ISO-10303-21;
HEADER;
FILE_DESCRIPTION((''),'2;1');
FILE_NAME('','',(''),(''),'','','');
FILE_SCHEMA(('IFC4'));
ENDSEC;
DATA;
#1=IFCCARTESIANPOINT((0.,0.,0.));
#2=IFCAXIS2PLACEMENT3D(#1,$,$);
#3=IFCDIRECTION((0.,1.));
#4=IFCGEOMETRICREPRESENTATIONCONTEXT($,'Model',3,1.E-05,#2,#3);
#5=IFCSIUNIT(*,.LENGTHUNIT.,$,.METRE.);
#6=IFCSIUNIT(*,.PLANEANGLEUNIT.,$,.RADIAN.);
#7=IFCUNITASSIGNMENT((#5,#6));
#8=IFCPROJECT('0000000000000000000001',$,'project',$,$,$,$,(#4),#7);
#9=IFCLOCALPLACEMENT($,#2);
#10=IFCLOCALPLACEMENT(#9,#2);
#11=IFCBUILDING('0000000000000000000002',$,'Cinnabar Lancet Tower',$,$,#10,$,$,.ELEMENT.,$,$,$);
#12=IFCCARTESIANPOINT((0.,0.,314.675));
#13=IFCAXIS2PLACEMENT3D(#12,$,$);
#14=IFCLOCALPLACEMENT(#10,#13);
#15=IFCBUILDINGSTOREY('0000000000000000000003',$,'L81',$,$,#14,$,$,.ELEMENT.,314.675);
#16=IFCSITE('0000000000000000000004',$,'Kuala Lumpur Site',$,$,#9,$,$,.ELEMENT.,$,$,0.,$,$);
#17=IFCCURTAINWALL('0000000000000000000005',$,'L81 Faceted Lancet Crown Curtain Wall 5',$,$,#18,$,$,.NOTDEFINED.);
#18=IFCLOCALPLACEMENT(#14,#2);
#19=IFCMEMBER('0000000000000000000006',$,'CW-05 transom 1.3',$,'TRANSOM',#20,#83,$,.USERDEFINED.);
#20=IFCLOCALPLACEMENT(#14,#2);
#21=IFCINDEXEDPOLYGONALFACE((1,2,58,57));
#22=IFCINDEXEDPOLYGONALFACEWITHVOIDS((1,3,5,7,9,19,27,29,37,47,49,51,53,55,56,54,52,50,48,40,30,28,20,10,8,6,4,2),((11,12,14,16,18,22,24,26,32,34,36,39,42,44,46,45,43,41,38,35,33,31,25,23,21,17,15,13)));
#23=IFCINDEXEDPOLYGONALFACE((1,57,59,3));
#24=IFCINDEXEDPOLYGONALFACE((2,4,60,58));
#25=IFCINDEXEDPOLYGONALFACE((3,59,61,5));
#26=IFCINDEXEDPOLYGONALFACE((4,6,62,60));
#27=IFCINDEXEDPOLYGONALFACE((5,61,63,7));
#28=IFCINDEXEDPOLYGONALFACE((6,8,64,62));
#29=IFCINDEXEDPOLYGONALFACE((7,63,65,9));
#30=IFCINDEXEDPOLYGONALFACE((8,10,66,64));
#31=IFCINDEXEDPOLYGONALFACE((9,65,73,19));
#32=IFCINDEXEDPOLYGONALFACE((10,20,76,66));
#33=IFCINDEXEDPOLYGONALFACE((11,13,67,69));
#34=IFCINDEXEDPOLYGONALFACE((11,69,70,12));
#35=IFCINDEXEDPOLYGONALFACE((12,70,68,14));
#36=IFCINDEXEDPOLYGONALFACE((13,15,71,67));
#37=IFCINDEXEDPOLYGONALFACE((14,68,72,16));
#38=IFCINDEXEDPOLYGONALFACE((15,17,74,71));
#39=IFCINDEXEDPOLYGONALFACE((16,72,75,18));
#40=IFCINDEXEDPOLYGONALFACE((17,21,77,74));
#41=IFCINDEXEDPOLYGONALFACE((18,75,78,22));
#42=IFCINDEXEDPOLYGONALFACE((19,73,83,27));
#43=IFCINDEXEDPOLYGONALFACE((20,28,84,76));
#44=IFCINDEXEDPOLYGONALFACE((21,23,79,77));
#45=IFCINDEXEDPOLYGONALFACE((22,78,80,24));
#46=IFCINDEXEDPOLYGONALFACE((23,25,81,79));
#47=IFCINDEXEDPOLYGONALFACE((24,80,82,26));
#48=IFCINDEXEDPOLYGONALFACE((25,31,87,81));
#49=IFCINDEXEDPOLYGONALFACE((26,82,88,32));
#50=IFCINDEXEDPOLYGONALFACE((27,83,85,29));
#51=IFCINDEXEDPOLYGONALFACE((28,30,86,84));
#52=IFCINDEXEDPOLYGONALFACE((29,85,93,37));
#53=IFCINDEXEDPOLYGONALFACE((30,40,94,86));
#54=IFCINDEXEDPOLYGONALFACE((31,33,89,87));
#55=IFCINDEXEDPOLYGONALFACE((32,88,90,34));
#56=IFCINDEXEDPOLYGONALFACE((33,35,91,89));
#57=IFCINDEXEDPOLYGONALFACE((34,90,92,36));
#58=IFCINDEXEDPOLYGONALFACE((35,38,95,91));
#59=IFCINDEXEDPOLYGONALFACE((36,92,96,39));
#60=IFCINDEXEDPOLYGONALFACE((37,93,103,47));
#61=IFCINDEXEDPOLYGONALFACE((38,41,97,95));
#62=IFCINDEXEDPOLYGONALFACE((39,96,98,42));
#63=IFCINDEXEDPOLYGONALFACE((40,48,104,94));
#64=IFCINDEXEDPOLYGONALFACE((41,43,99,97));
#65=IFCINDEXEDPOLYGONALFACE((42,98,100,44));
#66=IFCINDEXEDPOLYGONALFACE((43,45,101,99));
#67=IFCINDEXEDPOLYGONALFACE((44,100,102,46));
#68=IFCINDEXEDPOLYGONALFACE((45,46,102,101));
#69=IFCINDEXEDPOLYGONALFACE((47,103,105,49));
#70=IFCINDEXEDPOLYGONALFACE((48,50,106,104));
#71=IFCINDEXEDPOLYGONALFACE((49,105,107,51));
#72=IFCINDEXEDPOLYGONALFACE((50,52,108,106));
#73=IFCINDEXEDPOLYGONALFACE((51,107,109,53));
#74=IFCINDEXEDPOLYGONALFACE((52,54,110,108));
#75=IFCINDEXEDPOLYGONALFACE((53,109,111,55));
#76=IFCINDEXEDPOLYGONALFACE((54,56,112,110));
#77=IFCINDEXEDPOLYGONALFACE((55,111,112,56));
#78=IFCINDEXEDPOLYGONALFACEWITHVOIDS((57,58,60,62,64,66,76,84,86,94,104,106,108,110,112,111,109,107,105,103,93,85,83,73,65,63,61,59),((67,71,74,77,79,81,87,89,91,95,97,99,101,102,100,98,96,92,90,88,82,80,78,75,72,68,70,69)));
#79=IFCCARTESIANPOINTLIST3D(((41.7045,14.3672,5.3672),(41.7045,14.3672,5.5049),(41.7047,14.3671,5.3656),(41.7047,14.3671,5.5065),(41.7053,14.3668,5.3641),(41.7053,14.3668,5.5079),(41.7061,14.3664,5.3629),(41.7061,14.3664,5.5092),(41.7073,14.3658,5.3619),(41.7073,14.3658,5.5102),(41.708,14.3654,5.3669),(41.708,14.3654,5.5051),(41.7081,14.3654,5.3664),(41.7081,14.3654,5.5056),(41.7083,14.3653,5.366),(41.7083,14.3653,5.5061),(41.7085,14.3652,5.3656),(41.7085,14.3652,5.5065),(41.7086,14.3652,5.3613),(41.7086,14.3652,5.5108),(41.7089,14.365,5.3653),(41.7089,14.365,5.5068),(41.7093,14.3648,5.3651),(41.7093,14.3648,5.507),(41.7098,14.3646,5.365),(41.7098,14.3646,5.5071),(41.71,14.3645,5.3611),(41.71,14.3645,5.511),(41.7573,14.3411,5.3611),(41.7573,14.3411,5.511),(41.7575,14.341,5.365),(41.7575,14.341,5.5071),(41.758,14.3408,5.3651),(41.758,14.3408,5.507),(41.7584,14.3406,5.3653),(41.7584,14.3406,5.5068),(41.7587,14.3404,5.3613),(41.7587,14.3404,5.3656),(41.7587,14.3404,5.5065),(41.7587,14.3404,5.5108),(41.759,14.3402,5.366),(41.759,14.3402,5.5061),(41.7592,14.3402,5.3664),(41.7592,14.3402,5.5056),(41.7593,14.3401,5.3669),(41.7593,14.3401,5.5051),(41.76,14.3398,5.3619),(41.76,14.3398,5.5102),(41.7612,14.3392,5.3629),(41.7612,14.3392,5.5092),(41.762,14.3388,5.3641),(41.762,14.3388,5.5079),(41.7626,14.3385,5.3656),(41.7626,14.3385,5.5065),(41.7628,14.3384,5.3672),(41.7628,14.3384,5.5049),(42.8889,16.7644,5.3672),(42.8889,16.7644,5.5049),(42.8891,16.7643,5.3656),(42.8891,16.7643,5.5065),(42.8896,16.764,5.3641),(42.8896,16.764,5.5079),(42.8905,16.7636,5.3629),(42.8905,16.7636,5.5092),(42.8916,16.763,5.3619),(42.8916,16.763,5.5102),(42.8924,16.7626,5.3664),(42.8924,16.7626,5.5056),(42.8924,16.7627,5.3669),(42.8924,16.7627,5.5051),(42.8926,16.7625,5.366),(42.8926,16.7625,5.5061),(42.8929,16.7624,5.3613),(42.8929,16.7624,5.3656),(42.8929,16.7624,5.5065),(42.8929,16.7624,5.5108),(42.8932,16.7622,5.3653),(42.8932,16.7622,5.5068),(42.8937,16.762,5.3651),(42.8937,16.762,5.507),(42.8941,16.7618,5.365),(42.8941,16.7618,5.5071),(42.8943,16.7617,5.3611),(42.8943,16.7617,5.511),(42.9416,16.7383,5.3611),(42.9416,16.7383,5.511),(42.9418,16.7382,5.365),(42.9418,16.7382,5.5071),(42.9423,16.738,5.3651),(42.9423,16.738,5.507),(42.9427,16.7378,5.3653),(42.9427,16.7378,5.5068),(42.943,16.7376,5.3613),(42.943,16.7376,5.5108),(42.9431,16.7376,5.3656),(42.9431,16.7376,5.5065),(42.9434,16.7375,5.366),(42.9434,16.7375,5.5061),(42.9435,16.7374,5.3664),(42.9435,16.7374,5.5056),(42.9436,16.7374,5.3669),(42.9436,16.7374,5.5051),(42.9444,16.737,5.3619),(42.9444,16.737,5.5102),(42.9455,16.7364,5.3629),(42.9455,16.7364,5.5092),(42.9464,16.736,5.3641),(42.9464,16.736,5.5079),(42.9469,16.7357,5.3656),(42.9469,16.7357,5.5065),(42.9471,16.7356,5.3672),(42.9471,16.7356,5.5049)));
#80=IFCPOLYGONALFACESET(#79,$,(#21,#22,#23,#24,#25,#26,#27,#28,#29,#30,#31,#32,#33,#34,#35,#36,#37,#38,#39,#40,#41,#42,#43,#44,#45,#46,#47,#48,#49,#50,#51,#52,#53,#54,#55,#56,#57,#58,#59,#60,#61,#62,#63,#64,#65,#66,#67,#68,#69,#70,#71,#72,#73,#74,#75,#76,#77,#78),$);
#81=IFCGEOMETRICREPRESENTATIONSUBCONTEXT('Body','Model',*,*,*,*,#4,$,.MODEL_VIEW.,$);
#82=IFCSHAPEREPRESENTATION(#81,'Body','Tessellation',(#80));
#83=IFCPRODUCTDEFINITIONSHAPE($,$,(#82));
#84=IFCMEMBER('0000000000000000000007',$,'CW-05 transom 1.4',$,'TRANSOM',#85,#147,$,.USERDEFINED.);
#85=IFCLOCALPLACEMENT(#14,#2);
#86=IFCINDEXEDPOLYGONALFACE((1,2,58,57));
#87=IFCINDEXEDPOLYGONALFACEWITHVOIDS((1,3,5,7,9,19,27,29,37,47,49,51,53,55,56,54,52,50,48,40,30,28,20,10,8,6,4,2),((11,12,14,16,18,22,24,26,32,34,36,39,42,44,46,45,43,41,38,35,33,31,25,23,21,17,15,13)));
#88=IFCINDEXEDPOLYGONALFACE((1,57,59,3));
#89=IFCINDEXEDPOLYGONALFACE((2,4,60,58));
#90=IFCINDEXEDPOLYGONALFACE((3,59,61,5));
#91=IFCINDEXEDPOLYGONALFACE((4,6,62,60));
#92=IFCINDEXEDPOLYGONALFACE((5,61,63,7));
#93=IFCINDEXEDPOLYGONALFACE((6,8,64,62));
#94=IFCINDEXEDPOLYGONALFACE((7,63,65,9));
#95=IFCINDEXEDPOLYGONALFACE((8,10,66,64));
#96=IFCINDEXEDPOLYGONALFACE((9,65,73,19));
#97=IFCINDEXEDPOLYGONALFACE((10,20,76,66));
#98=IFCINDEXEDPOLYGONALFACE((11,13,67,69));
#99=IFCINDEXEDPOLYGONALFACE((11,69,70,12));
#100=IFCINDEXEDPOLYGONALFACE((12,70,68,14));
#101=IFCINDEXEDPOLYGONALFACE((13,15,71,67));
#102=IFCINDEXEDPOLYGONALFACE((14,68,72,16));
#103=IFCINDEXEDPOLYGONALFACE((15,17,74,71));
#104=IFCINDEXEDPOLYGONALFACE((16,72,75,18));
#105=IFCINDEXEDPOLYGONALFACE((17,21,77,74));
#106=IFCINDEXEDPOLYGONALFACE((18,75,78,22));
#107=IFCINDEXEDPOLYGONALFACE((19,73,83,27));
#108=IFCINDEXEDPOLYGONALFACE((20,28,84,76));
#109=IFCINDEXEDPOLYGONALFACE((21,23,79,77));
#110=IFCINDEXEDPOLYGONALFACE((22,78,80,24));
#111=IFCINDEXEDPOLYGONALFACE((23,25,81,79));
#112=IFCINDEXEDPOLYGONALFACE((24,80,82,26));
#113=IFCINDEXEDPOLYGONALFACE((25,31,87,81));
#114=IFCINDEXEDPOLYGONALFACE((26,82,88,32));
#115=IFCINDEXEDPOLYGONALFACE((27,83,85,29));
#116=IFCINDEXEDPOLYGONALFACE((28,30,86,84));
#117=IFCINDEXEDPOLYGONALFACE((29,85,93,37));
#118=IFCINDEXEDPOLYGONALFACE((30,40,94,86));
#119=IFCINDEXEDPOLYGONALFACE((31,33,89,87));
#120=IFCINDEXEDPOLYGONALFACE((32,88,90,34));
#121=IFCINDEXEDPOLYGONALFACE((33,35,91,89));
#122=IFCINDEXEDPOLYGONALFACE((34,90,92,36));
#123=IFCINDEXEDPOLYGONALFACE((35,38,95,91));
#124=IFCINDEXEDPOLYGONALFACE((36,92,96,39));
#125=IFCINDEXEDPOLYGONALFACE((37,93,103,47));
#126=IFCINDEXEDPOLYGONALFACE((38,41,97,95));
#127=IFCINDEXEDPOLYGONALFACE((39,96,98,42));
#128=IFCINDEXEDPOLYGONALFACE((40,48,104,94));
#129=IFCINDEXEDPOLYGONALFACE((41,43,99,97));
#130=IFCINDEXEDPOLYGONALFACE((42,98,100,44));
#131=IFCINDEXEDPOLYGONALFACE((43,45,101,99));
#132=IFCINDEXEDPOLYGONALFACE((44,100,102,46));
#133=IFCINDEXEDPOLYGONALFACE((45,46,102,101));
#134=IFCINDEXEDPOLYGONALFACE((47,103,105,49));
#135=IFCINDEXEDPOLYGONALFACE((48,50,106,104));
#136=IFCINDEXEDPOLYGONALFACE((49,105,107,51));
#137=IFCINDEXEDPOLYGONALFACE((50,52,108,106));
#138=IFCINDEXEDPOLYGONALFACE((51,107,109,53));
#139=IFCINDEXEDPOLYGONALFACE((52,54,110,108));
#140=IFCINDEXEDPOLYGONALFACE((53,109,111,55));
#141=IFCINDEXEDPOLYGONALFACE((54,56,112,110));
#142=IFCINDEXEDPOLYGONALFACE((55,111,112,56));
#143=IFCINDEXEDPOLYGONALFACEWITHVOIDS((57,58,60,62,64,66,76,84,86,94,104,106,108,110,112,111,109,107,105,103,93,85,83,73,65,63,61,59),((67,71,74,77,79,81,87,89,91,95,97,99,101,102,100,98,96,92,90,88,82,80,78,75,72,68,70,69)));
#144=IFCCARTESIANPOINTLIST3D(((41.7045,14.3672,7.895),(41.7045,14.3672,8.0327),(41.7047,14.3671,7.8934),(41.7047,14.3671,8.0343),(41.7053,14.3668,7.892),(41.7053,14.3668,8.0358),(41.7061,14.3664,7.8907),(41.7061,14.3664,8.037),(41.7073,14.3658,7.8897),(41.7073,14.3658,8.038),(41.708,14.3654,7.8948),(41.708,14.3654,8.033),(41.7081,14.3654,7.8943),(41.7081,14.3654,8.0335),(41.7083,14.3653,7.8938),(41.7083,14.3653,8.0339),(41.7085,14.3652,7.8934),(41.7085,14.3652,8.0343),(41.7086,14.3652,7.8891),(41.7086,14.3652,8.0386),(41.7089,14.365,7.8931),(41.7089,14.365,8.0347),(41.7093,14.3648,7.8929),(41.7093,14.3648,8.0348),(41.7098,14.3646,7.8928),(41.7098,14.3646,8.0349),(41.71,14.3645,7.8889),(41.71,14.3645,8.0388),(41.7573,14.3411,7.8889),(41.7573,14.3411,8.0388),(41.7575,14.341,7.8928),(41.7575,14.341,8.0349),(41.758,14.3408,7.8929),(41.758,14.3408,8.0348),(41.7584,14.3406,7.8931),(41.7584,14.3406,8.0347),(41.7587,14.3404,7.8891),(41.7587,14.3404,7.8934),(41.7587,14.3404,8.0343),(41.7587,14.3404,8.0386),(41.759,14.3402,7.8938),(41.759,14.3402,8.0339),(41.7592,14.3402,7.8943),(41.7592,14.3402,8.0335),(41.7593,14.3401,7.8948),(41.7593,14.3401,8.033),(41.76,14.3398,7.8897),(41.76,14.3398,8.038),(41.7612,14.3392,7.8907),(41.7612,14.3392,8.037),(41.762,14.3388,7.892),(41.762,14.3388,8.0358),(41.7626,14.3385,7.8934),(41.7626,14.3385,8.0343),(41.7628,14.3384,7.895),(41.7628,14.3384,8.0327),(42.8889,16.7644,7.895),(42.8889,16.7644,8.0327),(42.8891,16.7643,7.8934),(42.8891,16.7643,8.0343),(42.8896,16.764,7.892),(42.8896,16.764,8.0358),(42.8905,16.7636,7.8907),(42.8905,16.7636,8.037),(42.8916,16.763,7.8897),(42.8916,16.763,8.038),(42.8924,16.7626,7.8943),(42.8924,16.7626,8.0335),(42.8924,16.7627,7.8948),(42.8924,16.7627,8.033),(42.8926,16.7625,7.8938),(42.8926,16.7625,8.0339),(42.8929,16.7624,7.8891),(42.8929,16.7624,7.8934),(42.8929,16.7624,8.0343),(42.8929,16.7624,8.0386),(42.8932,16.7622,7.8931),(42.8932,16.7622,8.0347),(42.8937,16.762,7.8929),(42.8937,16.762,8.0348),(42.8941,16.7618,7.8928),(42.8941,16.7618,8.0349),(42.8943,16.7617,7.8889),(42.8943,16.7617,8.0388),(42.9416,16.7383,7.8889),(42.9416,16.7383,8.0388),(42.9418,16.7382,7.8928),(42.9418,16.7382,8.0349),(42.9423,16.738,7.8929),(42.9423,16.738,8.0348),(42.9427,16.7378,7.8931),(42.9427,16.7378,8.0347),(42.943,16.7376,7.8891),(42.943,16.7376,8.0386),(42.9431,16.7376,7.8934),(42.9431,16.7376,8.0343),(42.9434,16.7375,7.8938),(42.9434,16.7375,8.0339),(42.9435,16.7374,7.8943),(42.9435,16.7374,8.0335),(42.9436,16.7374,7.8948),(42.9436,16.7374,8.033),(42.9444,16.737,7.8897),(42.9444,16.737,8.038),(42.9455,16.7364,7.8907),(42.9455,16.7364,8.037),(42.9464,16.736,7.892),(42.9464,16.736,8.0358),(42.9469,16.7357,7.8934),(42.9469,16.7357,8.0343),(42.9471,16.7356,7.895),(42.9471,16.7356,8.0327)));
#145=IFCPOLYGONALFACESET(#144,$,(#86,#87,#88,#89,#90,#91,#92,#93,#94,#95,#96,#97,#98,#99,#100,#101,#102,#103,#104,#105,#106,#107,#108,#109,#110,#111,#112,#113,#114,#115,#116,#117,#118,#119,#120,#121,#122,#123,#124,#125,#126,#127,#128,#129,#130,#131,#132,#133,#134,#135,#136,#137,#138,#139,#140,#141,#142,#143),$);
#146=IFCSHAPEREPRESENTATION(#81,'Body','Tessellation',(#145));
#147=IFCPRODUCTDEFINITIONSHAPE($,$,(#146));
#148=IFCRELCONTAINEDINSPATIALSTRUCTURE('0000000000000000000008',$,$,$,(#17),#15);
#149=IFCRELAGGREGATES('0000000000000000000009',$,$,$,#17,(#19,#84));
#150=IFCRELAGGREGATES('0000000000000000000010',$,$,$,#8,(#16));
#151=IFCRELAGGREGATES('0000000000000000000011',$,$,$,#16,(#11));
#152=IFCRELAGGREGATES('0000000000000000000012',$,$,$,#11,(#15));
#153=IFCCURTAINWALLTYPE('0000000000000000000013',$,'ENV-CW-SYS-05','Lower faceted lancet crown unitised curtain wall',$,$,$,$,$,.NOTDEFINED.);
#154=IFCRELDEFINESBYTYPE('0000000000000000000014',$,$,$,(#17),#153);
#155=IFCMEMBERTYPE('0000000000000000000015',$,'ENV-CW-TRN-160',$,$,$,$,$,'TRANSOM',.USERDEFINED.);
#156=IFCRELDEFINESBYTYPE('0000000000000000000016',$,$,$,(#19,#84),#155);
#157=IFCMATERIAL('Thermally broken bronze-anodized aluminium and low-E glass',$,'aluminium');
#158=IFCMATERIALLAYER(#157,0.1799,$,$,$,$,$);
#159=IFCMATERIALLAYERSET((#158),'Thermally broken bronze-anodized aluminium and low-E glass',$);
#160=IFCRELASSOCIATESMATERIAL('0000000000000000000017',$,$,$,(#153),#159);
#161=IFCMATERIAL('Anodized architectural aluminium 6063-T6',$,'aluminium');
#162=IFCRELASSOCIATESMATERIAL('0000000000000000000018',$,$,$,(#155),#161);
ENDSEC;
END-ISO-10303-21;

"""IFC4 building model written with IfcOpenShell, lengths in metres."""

from ifc_helpers import new_model, si_unit, direction, frame, origin, origin_2d, place, context, subcontext, project, spatial, hollow_rectangle, extrude, material, layer, layer_set, material_profile, profile_set, type_object, element, aggregate, save


model = new_model("IFC4")

# Units and contexts
model_context = context("Model", 3, precision=1e-05, world=origin(), true_north=direction((0.0, 1.0)))
body_context = subcontext(model_context, "Body", "Model", "MODEL_VIEW")
ifc_project = project(units=[si_unit("LENGTHUNIT", "METRE"), si_unit("PLANEANGLEUNIT", "RADIAN")], contexts=[model_context])

# Site, building, storey
site_placement = place(None, origin())
site = spatial("IfcSite", under=ifc_project, at=site_placement, Name="Kuala Lumpur Site", CompositionType="ELEMENT", RefElevation=0.0)
building_placement = place(site_placement, origin())
building = spatial("IfcBuilding", under=site, at=building_placement, Name="Cinnabar Lancet Tower", CompositionType="ELEMENT")
storey_placement = place(building_placement, frame((0.0, 0.0, 314.675)))
storey = spatial("IfcBuildingStorey", under=building, at=storey_placement, Name="L81", CompositionType="ELEMENT", Elevation=314.675)

# Shared definitions
ifc_material_1 = material(Name="Thermally broken bronze-anodized aluminium and low-E glass", Category="aluminium")
ifc_layer_1 = layer(ifc_material_1, 0.1799)
ifc_layer_set_1 = layer_set([ifc_layer_1], Name="Thermally broken bronze-anodized aluminium and low-E glass")
curtain_wall_type = type_object("IfcCurtainWallType", Name="ENV-CW-SYS-05", Description="Lower faceted lancet crown unitised curtain wall", PredefinedType="NOTDEFINED", material=ifc_layer_set_1)

# Curtain wall, members
curtain_wall_1_placement = place(storey_placement, origin())
curtain_wall_1 = element("IfcCurtainWall", 1, at=curtain_wall_1_placement, inside=storey, type_object=curtain_wall_type, Name="L81 Faceted Lancet Crown Curtain Wall 5", PredefinedType="NOTDEFINED")
ifc_material_2 = material(Name="Anodized architectural aluminium 6063-T6", Category="aluminium")
ifc_material_profile_1 = material_profile(ifc_material_2, hollow_rectangle(XDim=0.0649, YDim=0.1499, WallThickness=0.0039, InnerFilletRadius=0.002, OuterFilletRadius=0.0061, at=origin_2d()), Name="CW-TRN 150x65x4")
ifc_profile_set_1 = profile_set([ifc_material_profile_1], Name="Anodized architectural aluminium 6063-T6")
member_type_1 = type_object("IfcMemberType", Name="ENV-CW-TRN-160", ElementType="TRANSOM", PredefinedType="USERDEFINED", material=ifc_profile_set_1)
member_1_placement = place(storey_placement, frame((41.7336, 14.3528, 5.436), z_axis=(0.442935, 0.896554, 0.0), x_axis=(-0.896554, 0.442935, 0.0)))
member_1 = element("IfcMember", 2, at=member_1_placement, type_object=member_type_1, Name="CW-05 transom 1.3", ObjectType="TRANSOM", PredefinedType="USERDEFINED", context=body_context, shape_type="SweptSolid", body=[
    extrude(hollow_rectangle(XDim=0.0649, YDim=0.1499, WallThickness=0.0039, InnerFilletRadius=0.002, OuterFilletRadius=0.0061, at=origin_2d()), origin(), (0.0, 0.0, 1.0), 2.6738),
])
member_2_placement = place(storey_placement, frame((41.7336, 14.3528, 7.9639), z_axis=(0.442935, 0.896554, 0.0), x_axis=(-0.896554, 0.442935, 0.0)))
member_2 = element("IfcMember", 3, at=member_2_placement, type_object=member_type_1, Name="CW-05 transom 1.4", ObjectType="TRANSOM", PredefinedType="USERDEFINED", context=body_context, shape_type="SweptSolid", body=[
    extrude(hollow_rectangle(XDim=0.0649, YDim=0.1499, WallThickness=0.0039, InnerFilletRadius=0.002, OuterFilletRadius=0.0061, at=origin_2d()), origin(), (0.0, 0.0, 1.0), 2.6738),
])

aggregate(curtain_wall_1, [member_1, member_2])

save(model, "model.ifc")
